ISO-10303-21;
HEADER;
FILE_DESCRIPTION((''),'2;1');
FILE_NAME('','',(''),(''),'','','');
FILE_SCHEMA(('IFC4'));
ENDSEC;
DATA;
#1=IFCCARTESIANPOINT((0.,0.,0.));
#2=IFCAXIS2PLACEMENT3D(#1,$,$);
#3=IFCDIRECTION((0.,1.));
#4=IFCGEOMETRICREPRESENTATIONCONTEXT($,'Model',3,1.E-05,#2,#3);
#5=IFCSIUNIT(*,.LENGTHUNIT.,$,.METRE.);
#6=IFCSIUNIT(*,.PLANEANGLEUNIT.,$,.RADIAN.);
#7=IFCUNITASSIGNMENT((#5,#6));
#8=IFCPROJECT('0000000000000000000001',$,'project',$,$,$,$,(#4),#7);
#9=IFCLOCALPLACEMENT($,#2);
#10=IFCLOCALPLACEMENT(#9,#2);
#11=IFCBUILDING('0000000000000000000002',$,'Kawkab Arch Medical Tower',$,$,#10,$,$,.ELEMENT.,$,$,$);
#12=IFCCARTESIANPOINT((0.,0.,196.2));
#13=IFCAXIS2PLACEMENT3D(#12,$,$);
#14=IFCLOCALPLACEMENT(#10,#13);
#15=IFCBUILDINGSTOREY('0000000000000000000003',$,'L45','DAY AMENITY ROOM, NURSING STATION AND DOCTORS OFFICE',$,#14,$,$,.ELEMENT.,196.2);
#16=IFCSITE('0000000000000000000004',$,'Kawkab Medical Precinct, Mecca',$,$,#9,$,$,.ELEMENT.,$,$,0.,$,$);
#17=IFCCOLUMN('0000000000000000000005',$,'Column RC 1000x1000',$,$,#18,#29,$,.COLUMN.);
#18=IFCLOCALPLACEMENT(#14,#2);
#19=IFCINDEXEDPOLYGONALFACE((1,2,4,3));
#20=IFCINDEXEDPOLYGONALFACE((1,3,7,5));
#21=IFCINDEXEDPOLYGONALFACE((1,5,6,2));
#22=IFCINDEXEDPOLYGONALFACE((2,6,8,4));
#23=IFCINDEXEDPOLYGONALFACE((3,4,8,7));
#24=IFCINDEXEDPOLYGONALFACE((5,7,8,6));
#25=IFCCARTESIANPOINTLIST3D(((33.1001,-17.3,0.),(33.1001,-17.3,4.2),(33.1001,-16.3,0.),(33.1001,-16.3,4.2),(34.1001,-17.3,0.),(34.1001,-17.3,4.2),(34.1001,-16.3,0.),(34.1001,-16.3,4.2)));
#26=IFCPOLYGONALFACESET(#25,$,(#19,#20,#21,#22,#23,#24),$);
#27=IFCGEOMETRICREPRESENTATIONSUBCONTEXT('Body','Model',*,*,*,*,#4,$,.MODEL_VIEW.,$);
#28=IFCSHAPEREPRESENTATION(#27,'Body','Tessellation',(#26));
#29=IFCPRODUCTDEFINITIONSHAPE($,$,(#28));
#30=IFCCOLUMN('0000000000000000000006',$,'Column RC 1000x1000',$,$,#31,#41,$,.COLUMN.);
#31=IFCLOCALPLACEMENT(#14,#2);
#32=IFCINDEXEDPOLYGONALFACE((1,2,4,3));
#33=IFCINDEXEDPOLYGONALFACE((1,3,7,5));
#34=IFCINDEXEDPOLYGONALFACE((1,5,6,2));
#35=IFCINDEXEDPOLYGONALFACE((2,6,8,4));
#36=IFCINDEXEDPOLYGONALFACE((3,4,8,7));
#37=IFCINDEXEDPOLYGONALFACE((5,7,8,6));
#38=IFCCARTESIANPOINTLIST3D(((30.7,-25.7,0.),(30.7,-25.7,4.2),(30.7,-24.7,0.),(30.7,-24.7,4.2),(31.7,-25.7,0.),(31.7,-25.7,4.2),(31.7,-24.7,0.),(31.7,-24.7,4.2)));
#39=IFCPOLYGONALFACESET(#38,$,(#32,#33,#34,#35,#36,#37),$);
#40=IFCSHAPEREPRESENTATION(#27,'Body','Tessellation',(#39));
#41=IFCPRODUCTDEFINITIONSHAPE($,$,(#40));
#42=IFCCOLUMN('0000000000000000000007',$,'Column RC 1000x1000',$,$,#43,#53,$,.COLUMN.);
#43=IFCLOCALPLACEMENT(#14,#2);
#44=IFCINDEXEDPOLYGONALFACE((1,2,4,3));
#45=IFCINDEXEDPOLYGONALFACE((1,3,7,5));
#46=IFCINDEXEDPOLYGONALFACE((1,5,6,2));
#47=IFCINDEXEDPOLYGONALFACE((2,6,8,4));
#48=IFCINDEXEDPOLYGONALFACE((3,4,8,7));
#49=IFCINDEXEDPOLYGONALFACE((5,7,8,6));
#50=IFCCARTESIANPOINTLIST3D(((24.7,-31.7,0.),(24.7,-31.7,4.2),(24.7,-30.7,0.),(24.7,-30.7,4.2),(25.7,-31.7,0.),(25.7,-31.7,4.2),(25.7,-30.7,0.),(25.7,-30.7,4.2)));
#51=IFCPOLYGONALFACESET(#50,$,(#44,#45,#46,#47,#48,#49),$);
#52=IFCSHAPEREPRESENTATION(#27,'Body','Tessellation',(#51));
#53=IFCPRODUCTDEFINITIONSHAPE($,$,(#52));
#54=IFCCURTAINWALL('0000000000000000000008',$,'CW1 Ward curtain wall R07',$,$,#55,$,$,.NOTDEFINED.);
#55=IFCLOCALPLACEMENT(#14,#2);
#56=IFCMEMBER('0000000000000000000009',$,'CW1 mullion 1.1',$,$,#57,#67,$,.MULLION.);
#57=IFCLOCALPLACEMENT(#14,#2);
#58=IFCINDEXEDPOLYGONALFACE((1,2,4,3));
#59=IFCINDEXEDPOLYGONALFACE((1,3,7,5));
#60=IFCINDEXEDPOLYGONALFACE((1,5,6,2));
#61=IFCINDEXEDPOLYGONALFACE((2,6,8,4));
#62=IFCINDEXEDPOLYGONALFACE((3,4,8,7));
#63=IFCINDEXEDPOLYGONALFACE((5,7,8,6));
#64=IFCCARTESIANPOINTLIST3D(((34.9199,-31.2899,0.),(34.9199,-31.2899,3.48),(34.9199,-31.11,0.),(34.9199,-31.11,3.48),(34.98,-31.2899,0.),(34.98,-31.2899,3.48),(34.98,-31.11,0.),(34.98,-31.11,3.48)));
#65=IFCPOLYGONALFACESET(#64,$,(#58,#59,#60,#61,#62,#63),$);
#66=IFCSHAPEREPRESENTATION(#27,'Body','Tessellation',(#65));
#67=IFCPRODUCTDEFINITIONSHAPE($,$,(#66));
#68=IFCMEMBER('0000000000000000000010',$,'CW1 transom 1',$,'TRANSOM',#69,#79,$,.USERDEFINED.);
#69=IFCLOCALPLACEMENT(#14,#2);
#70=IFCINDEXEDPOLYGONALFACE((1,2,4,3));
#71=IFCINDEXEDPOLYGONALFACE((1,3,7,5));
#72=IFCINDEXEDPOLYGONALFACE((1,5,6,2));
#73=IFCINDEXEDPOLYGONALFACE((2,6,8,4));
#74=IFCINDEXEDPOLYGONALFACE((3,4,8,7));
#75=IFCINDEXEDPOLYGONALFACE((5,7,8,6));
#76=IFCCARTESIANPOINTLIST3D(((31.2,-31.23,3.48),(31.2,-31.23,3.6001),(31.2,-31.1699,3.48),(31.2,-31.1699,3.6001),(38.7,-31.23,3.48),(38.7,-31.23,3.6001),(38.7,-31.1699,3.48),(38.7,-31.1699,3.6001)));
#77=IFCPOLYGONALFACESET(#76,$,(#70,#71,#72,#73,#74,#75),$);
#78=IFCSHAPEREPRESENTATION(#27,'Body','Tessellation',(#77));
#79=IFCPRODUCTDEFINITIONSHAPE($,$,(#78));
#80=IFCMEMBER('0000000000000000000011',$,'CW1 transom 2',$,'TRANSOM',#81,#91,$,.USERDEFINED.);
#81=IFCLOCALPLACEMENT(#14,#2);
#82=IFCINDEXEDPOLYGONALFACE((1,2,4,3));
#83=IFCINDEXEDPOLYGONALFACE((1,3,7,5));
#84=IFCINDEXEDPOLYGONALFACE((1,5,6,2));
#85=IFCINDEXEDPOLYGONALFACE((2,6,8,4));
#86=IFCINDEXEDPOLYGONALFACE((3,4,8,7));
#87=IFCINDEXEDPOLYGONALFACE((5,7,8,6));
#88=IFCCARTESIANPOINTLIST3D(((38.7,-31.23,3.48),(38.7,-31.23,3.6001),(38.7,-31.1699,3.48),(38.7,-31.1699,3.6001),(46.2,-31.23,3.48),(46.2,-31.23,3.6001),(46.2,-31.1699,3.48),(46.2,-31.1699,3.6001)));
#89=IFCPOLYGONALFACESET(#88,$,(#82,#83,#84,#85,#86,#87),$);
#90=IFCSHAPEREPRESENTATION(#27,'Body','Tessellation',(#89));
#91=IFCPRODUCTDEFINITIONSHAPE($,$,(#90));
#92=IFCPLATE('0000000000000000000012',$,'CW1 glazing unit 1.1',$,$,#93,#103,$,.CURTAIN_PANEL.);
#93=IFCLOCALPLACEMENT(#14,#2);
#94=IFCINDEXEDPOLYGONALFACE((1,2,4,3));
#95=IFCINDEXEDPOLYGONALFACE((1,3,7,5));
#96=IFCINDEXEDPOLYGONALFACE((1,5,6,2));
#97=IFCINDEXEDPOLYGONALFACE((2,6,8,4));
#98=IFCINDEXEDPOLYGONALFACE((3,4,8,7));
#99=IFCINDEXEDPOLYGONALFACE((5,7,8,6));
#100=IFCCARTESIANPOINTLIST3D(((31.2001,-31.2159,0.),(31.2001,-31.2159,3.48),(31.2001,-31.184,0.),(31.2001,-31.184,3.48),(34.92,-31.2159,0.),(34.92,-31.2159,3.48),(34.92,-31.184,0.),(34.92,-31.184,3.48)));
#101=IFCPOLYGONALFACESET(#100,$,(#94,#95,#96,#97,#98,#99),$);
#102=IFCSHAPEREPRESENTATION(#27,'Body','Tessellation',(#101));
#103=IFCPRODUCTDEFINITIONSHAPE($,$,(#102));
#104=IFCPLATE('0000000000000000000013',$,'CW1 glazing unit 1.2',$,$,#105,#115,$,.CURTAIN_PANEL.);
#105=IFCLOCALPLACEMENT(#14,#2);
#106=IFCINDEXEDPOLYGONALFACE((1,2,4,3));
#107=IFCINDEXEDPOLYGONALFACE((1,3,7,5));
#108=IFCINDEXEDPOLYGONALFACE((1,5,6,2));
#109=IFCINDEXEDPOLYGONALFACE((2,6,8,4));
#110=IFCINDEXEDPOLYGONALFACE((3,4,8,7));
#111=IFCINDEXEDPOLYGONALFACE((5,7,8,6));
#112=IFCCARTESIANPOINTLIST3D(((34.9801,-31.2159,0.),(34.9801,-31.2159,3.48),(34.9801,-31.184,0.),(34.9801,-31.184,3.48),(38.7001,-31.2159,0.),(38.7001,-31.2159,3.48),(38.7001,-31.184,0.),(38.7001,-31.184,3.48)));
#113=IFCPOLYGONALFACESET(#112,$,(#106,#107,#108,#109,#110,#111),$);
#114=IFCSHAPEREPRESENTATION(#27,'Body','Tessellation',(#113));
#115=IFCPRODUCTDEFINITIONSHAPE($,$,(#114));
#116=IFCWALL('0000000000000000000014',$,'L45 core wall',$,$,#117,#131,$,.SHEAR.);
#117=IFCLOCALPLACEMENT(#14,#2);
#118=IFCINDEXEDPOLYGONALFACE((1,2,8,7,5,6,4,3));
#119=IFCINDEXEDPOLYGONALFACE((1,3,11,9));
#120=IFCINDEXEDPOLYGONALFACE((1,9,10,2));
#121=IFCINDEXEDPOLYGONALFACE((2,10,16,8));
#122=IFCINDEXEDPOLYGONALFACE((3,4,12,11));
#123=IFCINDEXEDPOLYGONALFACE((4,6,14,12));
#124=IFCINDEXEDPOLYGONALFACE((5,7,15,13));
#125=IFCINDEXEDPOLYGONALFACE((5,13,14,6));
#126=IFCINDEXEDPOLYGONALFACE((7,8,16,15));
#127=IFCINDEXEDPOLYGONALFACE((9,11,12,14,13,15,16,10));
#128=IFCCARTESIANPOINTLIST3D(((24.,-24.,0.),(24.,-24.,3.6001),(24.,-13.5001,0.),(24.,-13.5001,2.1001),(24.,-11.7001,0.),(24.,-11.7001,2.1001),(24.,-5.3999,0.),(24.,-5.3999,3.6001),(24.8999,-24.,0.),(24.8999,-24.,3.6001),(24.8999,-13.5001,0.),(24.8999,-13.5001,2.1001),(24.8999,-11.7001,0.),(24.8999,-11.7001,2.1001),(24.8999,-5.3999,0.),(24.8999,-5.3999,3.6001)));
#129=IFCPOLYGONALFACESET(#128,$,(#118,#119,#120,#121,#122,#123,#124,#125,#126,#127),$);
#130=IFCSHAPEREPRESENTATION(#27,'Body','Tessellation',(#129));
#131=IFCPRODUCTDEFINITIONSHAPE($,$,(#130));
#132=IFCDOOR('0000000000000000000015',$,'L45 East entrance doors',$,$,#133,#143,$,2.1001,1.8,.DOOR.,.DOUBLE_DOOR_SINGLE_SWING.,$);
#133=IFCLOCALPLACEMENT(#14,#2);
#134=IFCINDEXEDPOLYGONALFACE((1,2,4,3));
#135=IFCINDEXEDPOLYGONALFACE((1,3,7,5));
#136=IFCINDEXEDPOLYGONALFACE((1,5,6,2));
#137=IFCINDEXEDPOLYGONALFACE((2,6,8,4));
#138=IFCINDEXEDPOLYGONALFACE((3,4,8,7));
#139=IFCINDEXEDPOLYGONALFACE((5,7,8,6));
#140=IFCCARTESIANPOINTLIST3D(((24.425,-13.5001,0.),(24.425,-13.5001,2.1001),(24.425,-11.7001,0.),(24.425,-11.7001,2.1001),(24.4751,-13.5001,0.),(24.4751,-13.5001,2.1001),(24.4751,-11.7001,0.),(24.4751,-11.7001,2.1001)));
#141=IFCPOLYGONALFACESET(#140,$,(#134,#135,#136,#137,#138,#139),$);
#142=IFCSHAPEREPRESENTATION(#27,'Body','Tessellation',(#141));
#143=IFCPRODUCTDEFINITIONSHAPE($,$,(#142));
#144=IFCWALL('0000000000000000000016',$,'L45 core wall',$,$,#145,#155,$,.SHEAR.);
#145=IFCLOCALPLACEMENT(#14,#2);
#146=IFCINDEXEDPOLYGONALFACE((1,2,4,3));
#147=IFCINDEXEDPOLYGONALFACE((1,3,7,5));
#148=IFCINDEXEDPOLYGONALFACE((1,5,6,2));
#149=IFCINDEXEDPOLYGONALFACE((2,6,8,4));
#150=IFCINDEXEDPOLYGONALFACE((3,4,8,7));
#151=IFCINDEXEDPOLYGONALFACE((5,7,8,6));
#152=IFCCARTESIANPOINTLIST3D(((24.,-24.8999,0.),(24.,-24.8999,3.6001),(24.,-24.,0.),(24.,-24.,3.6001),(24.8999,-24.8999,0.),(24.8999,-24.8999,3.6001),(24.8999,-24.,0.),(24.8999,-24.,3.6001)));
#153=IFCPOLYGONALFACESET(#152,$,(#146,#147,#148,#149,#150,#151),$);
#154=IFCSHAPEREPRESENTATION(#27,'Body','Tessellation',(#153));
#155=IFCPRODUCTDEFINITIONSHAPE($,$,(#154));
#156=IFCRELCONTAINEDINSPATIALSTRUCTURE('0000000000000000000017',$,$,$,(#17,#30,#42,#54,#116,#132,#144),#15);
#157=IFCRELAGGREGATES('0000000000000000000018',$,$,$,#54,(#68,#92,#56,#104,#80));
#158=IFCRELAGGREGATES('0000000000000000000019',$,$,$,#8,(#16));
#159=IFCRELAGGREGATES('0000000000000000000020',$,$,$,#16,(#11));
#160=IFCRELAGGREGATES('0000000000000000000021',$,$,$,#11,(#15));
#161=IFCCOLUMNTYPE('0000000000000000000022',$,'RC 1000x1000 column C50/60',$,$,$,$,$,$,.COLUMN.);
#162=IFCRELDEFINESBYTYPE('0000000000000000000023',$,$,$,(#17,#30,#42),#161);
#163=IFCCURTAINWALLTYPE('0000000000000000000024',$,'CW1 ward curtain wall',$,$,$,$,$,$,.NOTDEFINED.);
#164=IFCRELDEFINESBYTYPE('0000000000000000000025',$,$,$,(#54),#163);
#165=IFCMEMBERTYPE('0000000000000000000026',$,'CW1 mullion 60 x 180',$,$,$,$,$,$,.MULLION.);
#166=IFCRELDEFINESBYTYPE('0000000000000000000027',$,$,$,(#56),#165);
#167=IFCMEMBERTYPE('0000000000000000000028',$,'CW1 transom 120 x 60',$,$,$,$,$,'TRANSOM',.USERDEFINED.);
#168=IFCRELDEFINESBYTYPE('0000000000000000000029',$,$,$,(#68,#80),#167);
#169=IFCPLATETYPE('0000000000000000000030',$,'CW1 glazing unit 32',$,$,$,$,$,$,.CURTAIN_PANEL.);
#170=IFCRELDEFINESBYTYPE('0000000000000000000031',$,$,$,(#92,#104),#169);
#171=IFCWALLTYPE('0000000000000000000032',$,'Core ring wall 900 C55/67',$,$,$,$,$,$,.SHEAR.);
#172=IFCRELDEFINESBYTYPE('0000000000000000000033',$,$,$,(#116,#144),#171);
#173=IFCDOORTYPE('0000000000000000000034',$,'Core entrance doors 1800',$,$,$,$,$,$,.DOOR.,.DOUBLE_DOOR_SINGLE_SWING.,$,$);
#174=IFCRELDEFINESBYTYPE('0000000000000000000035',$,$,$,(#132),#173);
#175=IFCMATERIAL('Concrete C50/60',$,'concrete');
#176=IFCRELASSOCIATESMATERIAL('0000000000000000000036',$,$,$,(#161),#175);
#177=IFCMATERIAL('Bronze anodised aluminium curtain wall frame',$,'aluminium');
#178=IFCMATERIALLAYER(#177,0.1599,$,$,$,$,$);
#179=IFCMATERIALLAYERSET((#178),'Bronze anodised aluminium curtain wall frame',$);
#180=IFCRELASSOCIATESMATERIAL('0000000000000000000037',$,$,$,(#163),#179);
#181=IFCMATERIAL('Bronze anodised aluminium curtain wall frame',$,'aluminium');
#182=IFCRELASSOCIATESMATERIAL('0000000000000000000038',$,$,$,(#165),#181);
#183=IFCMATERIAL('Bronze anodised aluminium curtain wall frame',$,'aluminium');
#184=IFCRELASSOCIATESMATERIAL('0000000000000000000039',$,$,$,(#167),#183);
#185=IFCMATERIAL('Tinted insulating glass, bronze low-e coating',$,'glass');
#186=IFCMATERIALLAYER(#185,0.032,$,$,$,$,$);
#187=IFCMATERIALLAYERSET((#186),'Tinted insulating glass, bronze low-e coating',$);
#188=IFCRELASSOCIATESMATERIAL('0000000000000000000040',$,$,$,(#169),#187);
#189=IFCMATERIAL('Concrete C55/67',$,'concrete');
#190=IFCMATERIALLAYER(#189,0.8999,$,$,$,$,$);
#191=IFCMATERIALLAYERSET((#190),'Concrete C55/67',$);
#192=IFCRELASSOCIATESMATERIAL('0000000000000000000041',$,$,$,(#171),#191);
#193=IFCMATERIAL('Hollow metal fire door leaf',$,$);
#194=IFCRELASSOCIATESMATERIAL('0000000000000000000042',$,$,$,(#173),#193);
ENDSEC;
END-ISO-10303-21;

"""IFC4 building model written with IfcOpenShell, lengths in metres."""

from ifc_helpers import new_model, si_unit, direction, frame, frame_2d, origin, origin_2d, place, context, subcontext, project, spatial, rectangle, extrude, material, layer, layer_set, material_profile, profile_set, type_object, element, fill, aggregate, save


model = new_model("IFC4")

# Units and contexts
model_context = context("Model", 3, precision=1e-05, world=origin(), true_north=direction((0.0, 1.0)))
body_context = subcontext(model_context, "Body", "Model", "MODEL_VIEW")
ifc_project = project(units=[si_unit("LENGTHUNIT", "METRE"), si_unit("PLANEANGLEUNIT", "RADIAN")], contexts=[model_context])

# Site, building, storey
site_placement = place(None, origin())
site = spatial("IfcSite", under=ifc_project, at=site_placement, Name="Kawkab Medical Precinct, Mecca", CompositionType="ELEMENT", RefElevation=0.0)
building_placement = place(site_placement, origin())
building = spatial("IfcBuilding", under=site, at=building_placement, Name="Kawkab Arch Medical Tower", CompositionType="ELEMENT")
storey_placement = place(building_placement, frame((0.0, 0.0, 196.2)))
storey = spatial("IfcBuildingStorey", under=building, at=storey_placement, Name="L45", Description="DAY AMENITY ROOM, NURSING STATION AND DOCTORS OFFICE", CompositionType="ELEMENT", Elevation=196.2)

# Columns
ifc_material_1 = material(Name="Concrete C50/60", Category="concrete")
ifc_material_profile_1 = material_profile(ifc_material_1, rectangle(XDim=1.0, YDim=1.0, at=origin_2d()), Name="RC 1000x1000")
ifc_profile_set_1 = profile_set([ifc_material_profile_1], Name="Concrete C50/60")
column_type = type_object("IfcColumnType", Name="RC 1000x1000 column C50/60", PredefinedType="COLUMN", material=ifc_profile_set_1)
for number, where, z_axis, x_axis, name in (
    (1, (33.6001, -16.8, 0.0), (0.0, 0.0, 1.0), (1.0, 0.0, 0.0), "Column RC 1000x1000"),
    (2, (31.2, -25.2, 0.0), (0.0, 0.0, 1.0), (1.0, 0.0, 0.0), "Column RC 1000x1000"),
    (3, (25.2, -31.2, 0.0), (0.0, 0.0, 1.0), (1.0, 0.0, 0.0), "Column RC 1000x1000"),
):
    element("IfcColumn", number, at=place(storey_placement, frame(where, z_axis=z_axis, x_axis=x_axis)), inside=storey, type_object=column_type, Name=name, PredefinedType="COLUMN", context=body_context, shape_type="SweptSolid", body=[
        extrude(rectangle(XDim=1.0, YDim=1.0, at=origin_2d()), origin(), (0.0, 0.0, 1.0), 4.2),
    ])

# Curtain wall, members, plates
ifc_material_2 = material(Name="Bronze anodised aluminium curtain wall frame", Category="aluminium")
ifc_layer_1 = layer(ifc_material_2, 0.1599)
ifc_layer_set_1 = layer_set([ifc_layer_1], Name="Bronze anodised aluminium curtain wall frame")
curtain_wall_type = type_object("IfcCurtainWallType", Name="CW1 ward curtain wall", PredefinedType="NOTDEFINED", material=ifc_layer_set_1)
curtain_wall_placement = place(storey_placement, origin())
curtain_wall = element("IfcCurtainWall", 4, at=curtain_wall_placement, inside=storey, type_object=curtain_wall_type, Name="CW1 Ward curtain wall R07", PredefinedType="NOTDEFINED")
ifc_material_3 = material(Name="Bronze anodised aluminium curtain wall frame", Category="aluminium")
ifc_material_profile_2 = material_profile(ifc_material_3, rectangle(XDim=0.1799, YDim=0.0601, at=origin_2d()), Name="AL 60x180")
ifc_profile_set_2 = profile_set([ifc_material_profile_2], Name="Bronze anodised aluminium curtain wall frame")
member_type_1 = type_object("IfcMemberType", Name="CW1 mullion 60 x 180", PredefinedType="MULLION", material=ifc_profile_set_2)
member_1_placement = place(storey_placement, frame((34.95, -31.2, 0.0), z_axis=(0.0, 0.0, 1.0), x_axis=(0.0, 1.0, 0.0)))
member_1 = element("IfcMember", 5, at=member_1_placement, type_object=member_type_1, Name="CW1 mullion 1.1", PredefinedType="MULLION", context=body_context, shape_type="SweptSolid", body=[
    extrude(rectangle(XDim=0.1799, YDim=0.0601, at=origin_2d()), origin(), (0.0, 0.0, 1.0), 3.48),
])
ifc_material_4 = material(Name="Bronze anodised aluminium curtain wall frame", Category="aluminium")
ifc_material_profile_3 = material_profile(ifc_material_4, rectangle(XDim=0.0601, YDim=0.1201, at=origin_2d()), Name="AL 60x120")
ifc_profile_set_3 = profile_set([ifc_material_profile_3], Name="Bronze anodised aluminium curtain wall frame")
member_type_2 = type_object("IfcMemberType", Name="CW1 transom 120 x 60", ElementType="TRANSOM", PredefinedType="USERDEFINED", material=ifc_profile_set_3)
member_2_placement = place(storey_placement, frame((31.2, -31.2, 3.54), z_axis=(1.0, 0.0, 0.0), x_axis=(0.0, 1.0, 0.0)))
member_2 = element("IfcMember", 6, at=member_2_placement, type_object=member_type_2, Name="CW1 transom 1", ObjectType="TRANSOM", PredefinedType="USERDEFINED", context=body_context, shape_type="SweptSolid", body=[
    extrude(rectangle(XDim=0.0601, YDim=0.1201, at=origin_2d()), origin(), (0.0, 0.0, 1.0), 7.5),
])
member_3_placement = place(storey_placement, frame((38.7, -31.2, 3.54), z_axis=(1.0, 0.0, 0.0), x_axis=(0.0, 1.0, 0.0)))
member_3 = element("IfcMember", 7, at=member_3_placement, type_object=member_type_2, Name="CW1 transom 2", ObjectType="TRANSOM", PredefinedType="USERDEFINED", context=body_context, shape_type="SweptSolid", body=[
    extrude(rectangle(XDim=0.0601, YDim=0.1201, at=origin_2d()), origin(), (0.0, 0.0, 1.0), 7.5),
])
ifc_material_5 = material(Name="Tinted insulating glass, bronze low-e coating", Category="glass")
ifc_layer_2 = layer(ifc_material_5, 0.032)
ifc_layer_set_2 = layer_set([ifc_layer_2], Name="Tinted insulating glass, bronze low-e coating")
plate_type = type_object("IfcPlateType", Name="CW1 glazing unit 32", PredefinedType="CURTAIN_PANEL", material=ifc_layer_set_2)
plate_1_placement = place(storey_placement, frame((33.0601, -31.2, 0.0), z_axis=(0.0, 0.0, 1.0), x_axis=(1.0, 0.0, 0.0)))
plate_1 = element("IfcPlate", 8, at=plate_1_placement, type_object=plate_type, Name="CW1 glazing unit 1.1", PredefinedType="CURTAIN_PANEL", context=body_context, shape_type="SweptSolid", body=[
    extrude(rectangle(XDim=3.72, YDim=0.032, at=origin_2d()), origin(), (0.0, 0.0, 1.0), 3.48),
])
plate_2_placement = place(storey_placement, frame((36.8401, -31.2, 0.0), z_axis=(0.0, 0.0, 1.0), x_axis=(1.0, 0.0, 0.0)))
plate_2 = element("IfcPlate", 9, at=plate_2_placement, type_object=plate_type, Name="CW1 glazing unit 1.2", PredefinedType="CURTAIN_PANEL", context=body_context, shape_type="SweptSolid", body=[
    extrude(rectangle(XDim=3.72, YDim=0.032, at=origin_2d()), origin(), (0.0, 0.0, 1.0), 3.48),
])
aggregate(curtain_wall, [member_2, plate_1, member_1, plate_2, member_3])

# Wall, opening, door
ifc_material_6 = material(Name="Concrete C55/67", Category="concrete")
ifc_layer_3 = layer(ifc_material_6, 0.8999)
ifc_layer_set_3 = layer_set([ifc_layer_3], Name="Concrete C55/67")
wall_type_1 = type_object("IfcWallType", Name="Core ring wall 900 C55/67", PredefinedType="SHEAR", material=ifc_layer_set_3)
wall_1_placement = place(storey_placement, frame((24.45, -24.0, 0.0), z_axis=(0.0, 0.0, 1.0), x_axis=(0.0, 1.0, 0.0)))
wall_1 = element("IfcWall", 10, at=wall_1_placement, inside=storey, type_object=wall_type_1, Name="L45 core wall", PredefinedType="SHEAR", context=body_context, shape_type="SweptSolid", body=[
    extrude(rectangle(XDim=18.6001, YDim=0.8999, at=frame_2d((9.3, 0.0))), origin(), (0.0, 0.0, 1.0), 3.6001),
])
opening_1_placement = place(wall_1_placement, frame((10.5, 0.0, 0.0)))
opening_1 = element("IfcOpeningElement", 11, at=opening_1_placement, cuts=wall_1, PredefinedType="OPENING", context=body_context, shape_type="SweptSolid", body=[
    extrude(rectangle(XDim=1.8, YDim=2.1001, at=frame_2d((0.8999, 1.05))), frame((0.0, 0.46, 0.0), z_axis=(0.0, -1.0, 0.0), x_axis=(1.0, 0.0, 0.0)), (0.0, 0.0, 1.0), 0.9199),
])
ifc_material_7 = material(Name="Hollow metal fire door leaf")
door_type_1 = type_object("IfcDoorType", Name="Core entrance doors 1800", OperationType="DOUBLE_DOOR_SINGLE_SWING", PredefinedType="DOOR", material=ifc_material_7)
door_1_placement = place(opening_1_placement, origin())
door_1 = element("IfcDoor", 12, at=door_1_placement, inside=storey, type_object=door_type_1, Name="L45 East entrance doors", OperationType="DOUBLE_DOOR_SINGLE_SWING", OverallHeight=2.1001, OverallWidth=1.8, PredefinedType="DOOR", context=body_context, shape_type="SweptSolid", body=[
    extrude(rectangle(XDim=1.8, YDim=2.1001, at=frame_2d((0.8999, 1.05))), frame((0.0, 0.0249, 0.0), z_axis=(0.0, -1.0, 0.0), x_axis=(1.0, 0.0, 0.0)), (0.0, 0.0, 1.0), 0.05),
])
fill(opening_1, door_1)

# Wall
wall_2_placement = place(storey_placement, frame((24.45, -24.8999, 0.0), z_axis=(0.0, 0.0, 1.0), x_axis=(0.0, 1.0, 0.0)))
element("IfcWall", 13, at=wall_2_placement, inside=storey, type_object=wall_type_1, Name="L45 core wall", PredefinedType="SHEAR", context=body_context, shape_type="SweptSolid", body=[
    extrude(rectangle(XDim=0.8999, YDim=0.8999, at=frame_2d((0.45, 0.0))), origin(), (0.0, 0.0, 1.0), 3.6001),
])

save(model, "model.ifc")
